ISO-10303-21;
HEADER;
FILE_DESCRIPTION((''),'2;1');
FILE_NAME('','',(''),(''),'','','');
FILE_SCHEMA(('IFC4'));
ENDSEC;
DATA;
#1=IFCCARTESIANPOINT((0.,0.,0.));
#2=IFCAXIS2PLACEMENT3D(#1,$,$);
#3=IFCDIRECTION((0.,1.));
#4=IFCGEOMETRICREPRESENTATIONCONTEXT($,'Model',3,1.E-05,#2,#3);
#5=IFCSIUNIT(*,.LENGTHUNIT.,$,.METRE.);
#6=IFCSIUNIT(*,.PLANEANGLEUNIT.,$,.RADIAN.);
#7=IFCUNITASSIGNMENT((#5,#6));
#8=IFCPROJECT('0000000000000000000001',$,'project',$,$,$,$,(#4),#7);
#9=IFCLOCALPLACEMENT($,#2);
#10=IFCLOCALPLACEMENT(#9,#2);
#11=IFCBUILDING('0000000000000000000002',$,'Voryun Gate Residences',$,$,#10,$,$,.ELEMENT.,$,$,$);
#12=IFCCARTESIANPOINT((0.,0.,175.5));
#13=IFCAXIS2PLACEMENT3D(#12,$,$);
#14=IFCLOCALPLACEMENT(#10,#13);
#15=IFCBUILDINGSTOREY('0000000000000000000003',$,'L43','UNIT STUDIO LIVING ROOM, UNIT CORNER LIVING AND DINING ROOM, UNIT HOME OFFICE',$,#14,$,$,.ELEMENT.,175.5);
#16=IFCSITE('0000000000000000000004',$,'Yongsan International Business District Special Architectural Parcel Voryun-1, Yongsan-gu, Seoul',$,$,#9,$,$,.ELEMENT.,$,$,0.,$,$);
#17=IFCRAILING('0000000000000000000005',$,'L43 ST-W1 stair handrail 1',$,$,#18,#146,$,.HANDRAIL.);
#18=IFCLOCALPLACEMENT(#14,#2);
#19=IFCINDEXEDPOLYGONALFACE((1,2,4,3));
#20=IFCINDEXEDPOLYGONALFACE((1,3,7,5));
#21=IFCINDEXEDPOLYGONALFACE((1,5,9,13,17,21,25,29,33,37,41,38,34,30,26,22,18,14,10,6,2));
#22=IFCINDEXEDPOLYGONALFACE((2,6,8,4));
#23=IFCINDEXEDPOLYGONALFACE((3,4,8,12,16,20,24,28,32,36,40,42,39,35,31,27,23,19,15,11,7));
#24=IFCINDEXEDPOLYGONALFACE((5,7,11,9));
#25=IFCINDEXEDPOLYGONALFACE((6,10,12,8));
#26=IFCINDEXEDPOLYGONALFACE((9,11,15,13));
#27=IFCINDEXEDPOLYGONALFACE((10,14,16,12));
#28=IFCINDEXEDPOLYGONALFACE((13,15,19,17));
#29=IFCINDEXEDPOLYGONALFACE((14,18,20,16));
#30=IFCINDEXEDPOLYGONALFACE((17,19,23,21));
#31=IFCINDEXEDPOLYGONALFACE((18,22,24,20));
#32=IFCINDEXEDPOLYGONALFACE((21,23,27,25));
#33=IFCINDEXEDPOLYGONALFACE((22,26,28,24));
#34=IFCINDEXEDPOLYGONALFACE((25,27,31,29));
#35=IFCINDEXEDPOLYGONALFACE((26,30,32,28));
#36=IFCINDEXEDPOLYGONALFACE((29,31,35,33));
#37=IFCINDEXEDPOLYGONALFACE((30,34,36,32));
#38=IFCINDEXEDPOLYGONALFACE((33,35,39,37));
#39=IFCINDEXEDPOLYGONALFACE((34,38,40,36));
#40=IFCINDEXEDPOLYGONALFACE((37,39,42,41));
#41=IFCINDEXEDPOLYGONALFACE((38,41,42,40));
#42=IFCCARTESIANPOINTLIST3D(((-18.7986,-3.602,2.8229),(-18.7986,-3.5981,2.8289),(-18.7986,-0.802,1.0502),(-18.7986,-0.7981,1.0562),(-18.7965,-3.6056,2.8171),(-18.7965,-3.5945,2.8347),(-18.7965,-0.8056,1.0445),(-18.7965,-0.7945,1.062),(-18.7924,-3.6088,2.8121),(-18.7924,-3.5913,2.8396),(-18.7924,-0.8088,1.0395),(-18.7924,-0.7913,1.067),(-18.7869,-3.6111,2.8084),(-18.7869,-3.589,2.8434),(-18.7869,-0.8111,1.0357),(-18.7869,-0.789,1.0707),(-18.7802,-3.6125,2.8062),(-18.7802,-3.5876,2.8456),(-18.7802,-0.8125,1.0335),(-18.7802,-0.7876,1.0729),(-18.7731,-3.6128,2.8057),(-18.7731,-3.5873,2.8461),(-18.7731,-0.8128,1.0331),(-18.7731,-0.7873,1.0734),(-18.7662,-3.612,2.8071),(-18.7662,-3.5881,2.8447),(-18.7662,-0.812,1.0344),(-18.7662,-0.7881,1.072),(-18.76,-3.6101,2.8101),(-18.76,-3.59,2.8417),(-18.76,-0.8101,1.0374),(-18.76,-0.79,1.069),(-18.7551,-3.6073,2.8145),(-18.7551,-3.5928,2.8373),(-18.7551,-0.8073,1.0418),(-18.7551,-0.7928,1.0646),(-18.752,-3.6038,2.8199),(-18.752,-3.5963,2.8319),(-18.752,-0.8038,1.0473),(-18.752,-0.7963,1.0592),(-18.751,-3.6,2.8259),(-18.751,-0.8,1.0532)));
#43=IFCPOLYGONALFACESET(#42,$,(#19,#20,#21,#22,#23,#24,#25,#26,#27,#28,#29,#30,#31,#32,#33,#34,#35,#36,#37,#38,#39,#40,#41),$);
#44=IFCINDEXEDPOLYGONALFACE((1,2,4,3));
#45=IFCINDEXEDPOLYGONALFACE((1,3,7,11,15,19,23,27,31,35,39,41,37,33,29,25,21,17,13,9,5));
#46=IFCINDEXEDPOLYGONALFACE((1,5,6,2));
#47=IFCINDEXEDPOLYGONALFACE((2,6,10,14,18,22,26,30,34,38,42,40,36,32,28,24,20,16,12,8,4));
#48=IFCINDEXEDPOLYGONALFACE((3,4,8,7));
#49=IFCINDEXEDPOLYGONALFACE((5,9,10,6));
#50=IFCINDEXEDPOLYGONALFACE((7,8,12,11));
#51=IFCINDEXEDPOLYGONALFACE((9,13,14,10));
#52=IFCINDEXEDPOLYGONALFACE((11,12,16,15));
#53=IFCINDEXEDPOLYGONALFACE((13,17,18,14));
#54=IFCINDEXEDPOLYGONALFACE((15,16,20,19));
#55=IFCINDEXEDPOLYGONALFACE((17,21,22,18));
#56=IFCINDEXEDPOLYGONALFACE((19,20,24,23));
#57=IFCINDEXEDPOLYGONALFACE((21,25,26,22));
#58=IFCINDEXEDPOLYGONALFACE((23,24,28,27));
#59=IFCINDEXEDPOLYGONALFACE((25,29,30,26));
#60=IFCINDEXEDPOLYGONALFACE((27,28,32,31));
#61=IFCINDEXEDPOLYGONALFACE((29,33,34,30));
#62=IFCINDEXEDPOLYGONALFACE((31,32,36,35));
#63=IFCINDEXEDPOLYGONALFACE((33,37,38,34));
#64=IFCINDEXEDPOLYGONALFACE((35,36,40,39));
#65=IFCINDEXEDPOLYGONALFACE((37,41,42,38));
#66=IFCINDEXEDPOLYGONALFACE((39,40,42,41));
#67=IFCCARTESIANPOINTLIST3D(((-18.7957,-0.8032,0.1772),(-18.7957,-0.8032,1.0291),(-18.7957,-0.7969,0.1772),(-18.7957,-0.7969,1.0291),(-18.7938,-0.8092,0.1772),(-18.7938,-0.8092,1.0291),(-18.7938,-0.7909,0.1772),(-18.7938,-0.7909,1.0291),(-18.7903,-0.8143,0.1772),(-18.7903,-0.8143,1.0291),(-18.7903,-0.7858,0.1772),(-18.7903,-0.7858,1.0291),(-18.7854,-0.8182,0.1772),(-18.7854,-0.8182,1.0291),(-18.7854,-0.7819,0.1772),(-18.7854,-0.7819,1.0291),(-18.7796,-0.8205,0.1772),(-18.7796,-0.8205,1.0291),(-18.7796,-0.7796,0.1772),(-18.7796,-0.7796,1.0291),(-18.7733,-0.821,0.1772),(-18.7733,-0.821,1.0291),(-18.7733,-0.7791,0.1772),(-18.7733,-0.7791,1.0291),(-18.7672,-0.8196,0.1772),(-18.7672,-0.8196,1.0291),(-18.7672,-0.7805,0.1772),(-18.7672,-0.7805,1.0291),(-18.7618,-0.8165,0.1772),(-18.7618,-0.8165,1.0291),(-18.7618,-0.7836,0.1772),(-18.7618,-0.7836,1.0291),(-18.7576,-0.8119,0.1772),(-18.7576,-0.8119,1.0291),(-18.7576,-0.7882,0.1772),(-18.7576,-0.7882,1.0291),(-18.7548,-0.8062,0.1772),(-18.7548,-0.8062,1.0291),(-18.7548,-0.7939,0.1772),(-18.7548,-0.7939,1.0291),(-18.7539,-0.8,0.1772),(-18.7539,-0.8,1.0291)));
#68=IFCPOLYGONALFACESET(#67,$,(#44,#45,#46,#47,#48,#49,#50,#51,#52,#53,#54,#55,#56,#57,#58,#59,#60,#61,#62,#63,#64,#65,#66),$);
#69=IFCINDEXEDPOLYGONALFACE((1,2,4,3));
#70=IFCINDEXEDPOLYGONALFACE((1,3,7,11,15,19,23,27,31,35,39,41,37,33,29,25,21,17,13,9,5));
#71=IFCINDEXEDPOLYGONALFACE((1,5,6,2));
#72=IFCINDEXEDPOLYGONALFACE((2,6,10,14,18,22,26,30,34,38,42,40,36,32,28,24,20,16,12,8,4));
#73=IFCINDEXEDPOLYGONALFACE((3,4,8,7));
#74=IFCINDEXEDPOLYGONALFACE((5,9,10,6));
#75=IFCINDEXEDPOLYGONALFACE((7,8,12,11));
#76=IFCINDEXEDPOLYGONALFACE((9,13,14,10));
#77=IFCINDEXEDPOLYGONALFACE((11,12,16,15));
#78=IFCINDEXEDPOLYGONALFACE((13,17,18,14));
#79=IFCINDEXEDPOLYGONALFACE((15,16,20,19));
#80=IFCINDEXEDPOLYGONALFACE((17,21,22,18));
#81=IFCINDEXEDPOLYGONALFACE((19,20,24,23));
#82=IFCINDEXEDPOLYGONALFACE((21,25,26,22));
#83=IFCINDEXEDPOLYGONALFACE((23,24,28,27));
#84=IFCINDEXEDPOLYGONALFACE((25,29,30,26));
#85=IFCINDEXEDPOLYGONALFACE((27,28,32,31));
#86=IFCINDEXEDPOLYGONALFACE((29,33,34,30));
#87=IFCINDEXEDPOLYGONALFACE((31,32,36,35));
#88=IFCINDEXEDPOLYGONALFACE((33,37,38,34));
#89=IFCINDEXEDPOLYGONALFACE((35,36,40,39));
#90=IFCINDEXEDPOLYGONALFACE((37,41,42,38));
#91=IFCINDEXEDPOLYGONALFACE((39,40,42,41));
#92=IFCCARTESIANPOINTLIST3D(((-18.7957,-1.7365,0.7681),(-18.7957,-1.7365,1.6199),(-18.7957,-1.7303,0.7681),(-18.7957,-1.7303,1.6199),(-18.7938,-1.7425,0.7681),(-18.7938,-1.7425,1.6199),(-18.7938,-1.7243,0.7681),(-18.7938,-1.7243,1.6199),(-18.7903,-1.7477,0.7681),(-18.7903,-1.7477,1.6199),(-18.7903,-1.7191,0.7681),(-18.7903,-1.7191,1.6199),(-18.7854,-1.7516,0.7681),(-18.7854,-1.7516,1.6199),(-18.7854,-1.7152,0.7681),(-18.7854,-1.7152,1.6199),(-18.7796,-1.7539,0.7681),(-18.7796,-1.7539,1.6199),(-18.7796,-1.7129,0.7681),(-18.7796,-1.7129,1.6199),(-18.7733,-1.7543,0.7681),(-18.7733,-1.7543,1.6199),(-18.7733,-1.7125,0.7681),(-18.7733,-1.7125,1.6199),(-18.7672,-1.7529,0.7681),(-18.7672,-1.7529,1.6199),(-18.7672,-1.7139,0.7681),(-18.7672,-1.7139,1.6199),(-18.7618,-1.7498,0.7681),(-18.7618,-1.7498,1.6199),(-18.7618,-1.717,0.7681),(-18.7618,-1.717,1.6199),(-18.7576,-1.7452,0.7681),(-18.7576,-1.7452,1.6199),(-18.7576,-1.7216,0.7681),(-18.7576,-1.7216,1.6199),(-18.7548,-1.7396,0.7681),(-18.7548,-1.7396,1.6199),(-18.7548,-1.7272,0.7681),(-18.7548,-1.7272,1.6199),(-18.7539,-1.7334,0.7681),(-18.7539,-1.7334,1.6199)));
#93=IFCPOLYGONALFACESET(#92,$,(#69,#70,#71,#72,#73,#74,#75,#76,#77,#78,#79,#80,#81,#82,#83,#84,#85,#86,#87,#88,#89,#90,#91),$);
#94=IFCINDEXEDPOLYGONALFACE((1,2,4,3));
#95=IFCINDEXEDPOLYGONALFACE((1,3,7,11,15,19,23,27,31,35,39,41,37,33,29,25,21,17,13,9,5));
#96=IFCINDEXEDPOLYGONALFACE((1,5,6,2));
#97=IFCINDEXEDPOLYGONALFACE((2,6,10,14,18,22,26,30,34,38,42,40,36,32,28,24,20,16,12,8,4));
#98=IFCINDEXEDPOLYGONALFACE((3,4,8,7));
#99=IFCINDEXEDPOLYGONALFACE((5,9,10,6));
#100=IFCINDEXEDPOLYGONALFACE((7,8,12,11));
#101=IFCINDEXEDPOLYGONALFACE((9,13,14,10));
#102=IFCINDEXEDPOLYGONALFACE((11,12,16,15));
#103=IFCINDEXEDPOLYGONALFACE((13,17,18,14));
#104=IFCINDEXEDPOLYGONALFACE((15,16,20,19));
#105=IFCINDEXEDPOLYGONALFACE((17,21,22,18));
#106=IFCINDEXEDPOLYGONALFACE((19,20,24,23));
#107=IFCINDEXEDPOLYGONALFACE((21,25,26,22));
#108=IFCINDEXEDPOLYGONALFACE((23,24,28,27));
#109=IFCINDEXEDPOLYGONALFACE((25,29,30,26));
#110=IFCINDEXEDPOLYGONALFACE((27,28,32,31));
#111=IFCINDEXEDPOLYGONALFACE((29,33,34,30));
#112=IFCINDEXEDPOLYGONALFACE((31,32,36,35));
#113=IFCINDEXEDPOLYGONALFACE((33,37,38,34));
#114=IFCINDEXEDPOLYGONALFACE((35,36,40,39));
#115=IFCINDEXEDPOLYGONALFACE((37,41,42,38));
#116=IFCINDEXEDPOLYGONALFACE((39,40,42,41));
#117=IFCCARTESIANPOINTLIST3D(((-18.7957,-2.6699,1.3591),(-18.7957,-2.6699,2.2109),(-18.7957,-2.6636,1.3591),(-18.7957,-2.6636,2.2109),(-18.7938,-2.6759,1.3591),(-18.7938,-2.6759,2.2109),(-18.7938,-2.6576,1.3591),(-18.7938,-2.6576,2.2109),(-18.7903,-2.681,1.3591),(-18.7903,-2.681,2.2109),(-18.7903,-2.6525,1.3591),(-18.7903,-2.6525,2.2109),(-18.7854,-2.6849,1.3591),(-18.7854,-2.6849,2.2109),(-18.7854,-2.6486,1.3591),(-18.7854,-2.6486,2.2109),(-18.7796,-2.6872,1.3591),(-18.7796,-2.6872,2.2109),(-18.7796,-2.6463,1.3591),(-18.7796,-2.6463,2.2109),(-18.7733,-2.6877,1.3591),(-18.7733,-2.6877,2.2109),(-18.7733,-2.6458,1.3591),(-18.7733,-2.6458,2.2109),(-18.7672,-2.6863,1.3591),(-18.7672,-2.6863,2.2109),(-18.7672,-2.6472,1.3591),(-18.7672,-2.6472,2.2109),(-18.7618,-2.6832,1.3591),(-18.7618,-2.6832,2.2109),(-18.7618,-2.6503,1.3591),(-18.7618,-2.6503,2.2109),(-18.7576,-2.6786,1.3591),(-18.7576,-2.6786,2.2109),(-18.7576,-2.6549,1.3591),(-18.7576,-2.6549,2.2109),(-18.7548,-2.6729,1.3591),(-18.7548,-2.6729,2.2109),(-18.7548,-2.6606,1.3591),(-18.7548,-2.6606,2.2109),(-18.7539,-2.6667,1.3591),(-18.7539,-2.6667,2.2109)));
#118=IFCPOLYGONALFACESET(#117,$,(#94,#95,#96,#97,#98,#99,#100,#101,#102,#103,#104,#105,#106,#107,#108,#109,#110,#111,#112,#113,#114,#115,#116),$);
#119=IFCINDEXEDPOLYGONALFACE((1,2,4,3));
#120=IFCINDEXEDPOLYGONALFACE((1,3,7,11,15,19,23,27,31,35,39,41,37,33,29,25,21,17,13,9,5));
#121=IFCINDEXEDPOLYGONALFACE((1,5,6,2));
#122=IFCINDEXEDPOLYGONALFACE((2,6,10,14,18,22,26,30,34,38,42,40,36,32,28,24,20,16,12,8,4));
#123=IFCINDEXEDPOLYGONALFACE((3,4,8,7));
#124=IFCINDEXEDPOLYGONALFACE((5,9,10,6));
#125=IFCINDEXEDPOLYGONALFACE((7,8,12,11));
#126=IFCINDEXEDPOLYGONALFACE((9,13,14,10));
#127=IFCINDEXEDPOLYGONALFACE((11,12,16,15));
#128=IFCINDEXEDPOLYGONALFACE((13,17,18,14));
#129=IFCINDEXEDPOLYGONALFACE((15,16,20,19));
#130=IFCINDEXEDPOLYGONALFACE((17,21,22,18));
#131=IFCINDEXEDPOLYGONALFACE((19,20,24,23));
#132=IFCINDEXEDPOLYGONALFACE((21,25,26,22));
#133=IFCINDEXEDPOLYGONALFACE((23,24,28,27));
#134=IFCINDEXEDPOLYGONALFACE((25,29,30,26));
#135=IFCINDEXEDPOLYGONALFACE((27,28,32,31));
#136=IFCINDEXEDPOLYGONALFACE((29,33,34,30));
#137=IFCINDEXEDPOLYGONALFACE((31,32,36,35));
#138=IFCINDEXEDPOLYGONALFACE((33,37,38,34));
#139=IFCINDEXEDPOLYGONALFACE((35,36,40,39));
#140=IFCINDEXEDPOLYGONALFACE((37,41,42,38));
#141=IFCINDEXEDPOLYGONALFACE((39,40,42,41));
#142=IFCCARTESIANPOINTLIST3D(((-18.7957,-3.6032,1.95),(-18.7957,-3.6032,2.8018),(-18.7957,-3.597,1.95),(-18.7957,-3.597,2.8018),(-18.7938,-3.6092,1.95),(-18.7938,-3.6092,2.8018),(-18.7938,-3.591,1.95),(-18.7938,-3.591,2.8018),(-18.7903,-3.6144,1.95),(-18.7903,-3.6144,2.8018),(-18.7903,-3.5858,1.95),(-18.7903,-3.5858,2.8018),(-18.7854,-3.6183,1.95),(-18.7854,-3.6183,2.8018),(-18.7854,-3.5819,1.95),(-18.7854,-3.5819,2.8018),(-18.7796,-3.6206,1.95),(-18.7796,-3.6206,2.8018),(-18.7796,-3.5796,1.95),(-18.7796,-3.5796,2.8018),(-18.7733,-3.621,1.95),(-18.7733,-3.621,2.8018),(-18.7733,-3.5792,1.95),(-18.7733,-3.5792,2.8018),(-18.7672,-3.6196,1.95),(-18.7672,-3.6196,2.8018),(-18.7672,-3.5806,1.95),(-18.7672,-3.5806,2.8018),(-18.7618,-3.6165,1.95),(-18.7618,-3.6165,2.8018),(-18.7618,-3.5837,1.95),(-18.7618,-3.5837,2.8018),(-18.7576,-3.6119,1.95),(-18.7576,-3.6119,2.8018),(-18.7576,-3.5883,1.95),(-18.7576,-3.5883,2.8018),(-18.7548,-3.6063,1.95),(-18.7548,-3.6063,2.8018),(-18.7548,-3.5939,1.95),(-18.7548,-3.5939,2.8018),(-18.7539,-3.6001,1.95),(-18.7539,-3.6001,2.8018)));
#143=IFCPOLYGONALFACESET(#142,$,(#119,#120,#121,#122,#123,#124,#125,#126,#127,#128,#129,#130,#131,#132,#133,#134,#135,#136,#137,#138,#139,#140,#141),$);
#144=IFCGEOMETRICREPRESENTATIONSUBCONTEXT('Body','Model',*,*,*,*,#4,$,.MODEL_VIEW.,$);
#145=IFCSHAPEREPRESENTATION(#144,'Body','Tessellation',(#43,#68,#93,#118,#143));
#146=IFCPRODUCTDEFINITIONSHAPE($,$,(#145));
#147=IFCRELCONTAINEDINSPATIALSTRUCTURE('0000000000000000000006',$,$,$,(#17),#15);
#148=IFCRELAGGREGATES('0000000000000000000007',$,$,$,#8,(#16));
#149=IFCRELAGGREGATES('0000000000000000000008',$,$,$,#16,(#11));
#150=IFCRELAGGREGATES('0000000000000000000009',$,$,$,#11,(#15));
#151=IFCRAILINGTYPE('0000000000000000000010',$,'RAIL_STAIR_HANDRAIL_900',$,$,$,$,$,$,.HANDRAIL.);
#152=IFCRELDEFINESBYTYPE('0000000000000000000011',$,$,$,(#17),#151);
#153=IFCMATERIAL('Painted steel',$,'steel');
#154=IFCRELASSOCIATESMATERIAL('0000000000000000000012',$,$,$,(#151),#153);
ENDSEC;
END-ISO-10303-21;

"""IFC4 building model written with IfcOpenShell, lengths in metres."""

from ifc_helpers import new_model, si_unit, direction, frame, origin, origin_2d, place, context, subcontext, project, spatial, circle, extrude, material, type_object, element, save


model = new_model("IFC4")

# Units and contexts
model_context = context("Model", 3, precision=1e-05, world=origin(), true_north=direction((0.0, 1.0)))
body_context = subcontext(model_context, "Body", "Model", "MODEL_VIEW")
ifc_project = project(units=[si_unit("LENGTHUNIT", "METRE"), si_unit("PLANEANGLEUNIT", "RADIAN")], contexts=[model_context])

# Site, building, storey
site_placement = place(None, origin())
site = spatial("IfcSite", under=ifc_project, at=site_placement, Name="Yongsan International Business District Special Architectural Parcel Voryun-1, Yongsan-gu, Seoul", CompositionType="ELEMENT", RefElevation=0.0)
building_placement = place(site_placement, origin())
building = spatial("IfcBuilding", under=site, at=building_placement, Name="Voryun Gate Residences", CompositionType="ELEMENT")
storey_placement = place(building_placement, frame((0.0, 0.0, 175.5)))
storey = spatial("IfcBuildingStorey", under=building, at=storey_placement, Name="L43", Description="UNIT STUDIO LIVING ROOM, UNIT CORNER LIVING AND DINING ROOM, UNIT HOME OFFICE", CompositionType="ELEMENT", Elevation=175.5)

# Railing
ifc_material_1 = material(Name="Painted steel", Category="steel")
railing_type_1 = type_object("IfcRailingType", Name="RAIL_STAIR_HANDRAIL_900", PredefinedType="HANDRAIL", material=ifc_material_1)
railing_1_placement = place(storey_placement, frame((-18.7749, -0.8, 0.1772)))
element("IfcRailing", 1, at=railing_1_placement, inside=storey, type_object=railing_type_1, Name="L43 ST-W1 stair handrail 1", PredefinedType="HANDRAIL", context=body_context, shape_type="SweptSolid", body=[
    extrude(circle(Radius=0.0239, at=origin_2d()), frame((0.0, 0.0, 0.876), z_axis=(0.0, -0.844909, 0.53491), x_axis=(1.0, 0.0, 0.0)), (0.0, 0.0, 1.0), 3.314),
    extrude(circle(Radius=0.021, at=origin_2d()), origin(), (0.0, 0.0, 1.0), 0.8518),
    extrude(circle(Radius=0.021, at=origin_2d()), frame((0.0, -0.9333, 0.5908)), (0.0, 0.0, 1.0), 0.8518),
    extrude(circle(Radius=0.021, at=origin_2d()), frame((0.0, -1.8667, 1.1819)), (0.0, 0.0, 1.0), 0.8518),
    extrude(circle(Radius=0.021, at=origin_2d()), frame((0.0, -2.8, 1.7727)), (0.0, 0.0, 1.0), 0.8518),
])

save(model, "model.ifc")
